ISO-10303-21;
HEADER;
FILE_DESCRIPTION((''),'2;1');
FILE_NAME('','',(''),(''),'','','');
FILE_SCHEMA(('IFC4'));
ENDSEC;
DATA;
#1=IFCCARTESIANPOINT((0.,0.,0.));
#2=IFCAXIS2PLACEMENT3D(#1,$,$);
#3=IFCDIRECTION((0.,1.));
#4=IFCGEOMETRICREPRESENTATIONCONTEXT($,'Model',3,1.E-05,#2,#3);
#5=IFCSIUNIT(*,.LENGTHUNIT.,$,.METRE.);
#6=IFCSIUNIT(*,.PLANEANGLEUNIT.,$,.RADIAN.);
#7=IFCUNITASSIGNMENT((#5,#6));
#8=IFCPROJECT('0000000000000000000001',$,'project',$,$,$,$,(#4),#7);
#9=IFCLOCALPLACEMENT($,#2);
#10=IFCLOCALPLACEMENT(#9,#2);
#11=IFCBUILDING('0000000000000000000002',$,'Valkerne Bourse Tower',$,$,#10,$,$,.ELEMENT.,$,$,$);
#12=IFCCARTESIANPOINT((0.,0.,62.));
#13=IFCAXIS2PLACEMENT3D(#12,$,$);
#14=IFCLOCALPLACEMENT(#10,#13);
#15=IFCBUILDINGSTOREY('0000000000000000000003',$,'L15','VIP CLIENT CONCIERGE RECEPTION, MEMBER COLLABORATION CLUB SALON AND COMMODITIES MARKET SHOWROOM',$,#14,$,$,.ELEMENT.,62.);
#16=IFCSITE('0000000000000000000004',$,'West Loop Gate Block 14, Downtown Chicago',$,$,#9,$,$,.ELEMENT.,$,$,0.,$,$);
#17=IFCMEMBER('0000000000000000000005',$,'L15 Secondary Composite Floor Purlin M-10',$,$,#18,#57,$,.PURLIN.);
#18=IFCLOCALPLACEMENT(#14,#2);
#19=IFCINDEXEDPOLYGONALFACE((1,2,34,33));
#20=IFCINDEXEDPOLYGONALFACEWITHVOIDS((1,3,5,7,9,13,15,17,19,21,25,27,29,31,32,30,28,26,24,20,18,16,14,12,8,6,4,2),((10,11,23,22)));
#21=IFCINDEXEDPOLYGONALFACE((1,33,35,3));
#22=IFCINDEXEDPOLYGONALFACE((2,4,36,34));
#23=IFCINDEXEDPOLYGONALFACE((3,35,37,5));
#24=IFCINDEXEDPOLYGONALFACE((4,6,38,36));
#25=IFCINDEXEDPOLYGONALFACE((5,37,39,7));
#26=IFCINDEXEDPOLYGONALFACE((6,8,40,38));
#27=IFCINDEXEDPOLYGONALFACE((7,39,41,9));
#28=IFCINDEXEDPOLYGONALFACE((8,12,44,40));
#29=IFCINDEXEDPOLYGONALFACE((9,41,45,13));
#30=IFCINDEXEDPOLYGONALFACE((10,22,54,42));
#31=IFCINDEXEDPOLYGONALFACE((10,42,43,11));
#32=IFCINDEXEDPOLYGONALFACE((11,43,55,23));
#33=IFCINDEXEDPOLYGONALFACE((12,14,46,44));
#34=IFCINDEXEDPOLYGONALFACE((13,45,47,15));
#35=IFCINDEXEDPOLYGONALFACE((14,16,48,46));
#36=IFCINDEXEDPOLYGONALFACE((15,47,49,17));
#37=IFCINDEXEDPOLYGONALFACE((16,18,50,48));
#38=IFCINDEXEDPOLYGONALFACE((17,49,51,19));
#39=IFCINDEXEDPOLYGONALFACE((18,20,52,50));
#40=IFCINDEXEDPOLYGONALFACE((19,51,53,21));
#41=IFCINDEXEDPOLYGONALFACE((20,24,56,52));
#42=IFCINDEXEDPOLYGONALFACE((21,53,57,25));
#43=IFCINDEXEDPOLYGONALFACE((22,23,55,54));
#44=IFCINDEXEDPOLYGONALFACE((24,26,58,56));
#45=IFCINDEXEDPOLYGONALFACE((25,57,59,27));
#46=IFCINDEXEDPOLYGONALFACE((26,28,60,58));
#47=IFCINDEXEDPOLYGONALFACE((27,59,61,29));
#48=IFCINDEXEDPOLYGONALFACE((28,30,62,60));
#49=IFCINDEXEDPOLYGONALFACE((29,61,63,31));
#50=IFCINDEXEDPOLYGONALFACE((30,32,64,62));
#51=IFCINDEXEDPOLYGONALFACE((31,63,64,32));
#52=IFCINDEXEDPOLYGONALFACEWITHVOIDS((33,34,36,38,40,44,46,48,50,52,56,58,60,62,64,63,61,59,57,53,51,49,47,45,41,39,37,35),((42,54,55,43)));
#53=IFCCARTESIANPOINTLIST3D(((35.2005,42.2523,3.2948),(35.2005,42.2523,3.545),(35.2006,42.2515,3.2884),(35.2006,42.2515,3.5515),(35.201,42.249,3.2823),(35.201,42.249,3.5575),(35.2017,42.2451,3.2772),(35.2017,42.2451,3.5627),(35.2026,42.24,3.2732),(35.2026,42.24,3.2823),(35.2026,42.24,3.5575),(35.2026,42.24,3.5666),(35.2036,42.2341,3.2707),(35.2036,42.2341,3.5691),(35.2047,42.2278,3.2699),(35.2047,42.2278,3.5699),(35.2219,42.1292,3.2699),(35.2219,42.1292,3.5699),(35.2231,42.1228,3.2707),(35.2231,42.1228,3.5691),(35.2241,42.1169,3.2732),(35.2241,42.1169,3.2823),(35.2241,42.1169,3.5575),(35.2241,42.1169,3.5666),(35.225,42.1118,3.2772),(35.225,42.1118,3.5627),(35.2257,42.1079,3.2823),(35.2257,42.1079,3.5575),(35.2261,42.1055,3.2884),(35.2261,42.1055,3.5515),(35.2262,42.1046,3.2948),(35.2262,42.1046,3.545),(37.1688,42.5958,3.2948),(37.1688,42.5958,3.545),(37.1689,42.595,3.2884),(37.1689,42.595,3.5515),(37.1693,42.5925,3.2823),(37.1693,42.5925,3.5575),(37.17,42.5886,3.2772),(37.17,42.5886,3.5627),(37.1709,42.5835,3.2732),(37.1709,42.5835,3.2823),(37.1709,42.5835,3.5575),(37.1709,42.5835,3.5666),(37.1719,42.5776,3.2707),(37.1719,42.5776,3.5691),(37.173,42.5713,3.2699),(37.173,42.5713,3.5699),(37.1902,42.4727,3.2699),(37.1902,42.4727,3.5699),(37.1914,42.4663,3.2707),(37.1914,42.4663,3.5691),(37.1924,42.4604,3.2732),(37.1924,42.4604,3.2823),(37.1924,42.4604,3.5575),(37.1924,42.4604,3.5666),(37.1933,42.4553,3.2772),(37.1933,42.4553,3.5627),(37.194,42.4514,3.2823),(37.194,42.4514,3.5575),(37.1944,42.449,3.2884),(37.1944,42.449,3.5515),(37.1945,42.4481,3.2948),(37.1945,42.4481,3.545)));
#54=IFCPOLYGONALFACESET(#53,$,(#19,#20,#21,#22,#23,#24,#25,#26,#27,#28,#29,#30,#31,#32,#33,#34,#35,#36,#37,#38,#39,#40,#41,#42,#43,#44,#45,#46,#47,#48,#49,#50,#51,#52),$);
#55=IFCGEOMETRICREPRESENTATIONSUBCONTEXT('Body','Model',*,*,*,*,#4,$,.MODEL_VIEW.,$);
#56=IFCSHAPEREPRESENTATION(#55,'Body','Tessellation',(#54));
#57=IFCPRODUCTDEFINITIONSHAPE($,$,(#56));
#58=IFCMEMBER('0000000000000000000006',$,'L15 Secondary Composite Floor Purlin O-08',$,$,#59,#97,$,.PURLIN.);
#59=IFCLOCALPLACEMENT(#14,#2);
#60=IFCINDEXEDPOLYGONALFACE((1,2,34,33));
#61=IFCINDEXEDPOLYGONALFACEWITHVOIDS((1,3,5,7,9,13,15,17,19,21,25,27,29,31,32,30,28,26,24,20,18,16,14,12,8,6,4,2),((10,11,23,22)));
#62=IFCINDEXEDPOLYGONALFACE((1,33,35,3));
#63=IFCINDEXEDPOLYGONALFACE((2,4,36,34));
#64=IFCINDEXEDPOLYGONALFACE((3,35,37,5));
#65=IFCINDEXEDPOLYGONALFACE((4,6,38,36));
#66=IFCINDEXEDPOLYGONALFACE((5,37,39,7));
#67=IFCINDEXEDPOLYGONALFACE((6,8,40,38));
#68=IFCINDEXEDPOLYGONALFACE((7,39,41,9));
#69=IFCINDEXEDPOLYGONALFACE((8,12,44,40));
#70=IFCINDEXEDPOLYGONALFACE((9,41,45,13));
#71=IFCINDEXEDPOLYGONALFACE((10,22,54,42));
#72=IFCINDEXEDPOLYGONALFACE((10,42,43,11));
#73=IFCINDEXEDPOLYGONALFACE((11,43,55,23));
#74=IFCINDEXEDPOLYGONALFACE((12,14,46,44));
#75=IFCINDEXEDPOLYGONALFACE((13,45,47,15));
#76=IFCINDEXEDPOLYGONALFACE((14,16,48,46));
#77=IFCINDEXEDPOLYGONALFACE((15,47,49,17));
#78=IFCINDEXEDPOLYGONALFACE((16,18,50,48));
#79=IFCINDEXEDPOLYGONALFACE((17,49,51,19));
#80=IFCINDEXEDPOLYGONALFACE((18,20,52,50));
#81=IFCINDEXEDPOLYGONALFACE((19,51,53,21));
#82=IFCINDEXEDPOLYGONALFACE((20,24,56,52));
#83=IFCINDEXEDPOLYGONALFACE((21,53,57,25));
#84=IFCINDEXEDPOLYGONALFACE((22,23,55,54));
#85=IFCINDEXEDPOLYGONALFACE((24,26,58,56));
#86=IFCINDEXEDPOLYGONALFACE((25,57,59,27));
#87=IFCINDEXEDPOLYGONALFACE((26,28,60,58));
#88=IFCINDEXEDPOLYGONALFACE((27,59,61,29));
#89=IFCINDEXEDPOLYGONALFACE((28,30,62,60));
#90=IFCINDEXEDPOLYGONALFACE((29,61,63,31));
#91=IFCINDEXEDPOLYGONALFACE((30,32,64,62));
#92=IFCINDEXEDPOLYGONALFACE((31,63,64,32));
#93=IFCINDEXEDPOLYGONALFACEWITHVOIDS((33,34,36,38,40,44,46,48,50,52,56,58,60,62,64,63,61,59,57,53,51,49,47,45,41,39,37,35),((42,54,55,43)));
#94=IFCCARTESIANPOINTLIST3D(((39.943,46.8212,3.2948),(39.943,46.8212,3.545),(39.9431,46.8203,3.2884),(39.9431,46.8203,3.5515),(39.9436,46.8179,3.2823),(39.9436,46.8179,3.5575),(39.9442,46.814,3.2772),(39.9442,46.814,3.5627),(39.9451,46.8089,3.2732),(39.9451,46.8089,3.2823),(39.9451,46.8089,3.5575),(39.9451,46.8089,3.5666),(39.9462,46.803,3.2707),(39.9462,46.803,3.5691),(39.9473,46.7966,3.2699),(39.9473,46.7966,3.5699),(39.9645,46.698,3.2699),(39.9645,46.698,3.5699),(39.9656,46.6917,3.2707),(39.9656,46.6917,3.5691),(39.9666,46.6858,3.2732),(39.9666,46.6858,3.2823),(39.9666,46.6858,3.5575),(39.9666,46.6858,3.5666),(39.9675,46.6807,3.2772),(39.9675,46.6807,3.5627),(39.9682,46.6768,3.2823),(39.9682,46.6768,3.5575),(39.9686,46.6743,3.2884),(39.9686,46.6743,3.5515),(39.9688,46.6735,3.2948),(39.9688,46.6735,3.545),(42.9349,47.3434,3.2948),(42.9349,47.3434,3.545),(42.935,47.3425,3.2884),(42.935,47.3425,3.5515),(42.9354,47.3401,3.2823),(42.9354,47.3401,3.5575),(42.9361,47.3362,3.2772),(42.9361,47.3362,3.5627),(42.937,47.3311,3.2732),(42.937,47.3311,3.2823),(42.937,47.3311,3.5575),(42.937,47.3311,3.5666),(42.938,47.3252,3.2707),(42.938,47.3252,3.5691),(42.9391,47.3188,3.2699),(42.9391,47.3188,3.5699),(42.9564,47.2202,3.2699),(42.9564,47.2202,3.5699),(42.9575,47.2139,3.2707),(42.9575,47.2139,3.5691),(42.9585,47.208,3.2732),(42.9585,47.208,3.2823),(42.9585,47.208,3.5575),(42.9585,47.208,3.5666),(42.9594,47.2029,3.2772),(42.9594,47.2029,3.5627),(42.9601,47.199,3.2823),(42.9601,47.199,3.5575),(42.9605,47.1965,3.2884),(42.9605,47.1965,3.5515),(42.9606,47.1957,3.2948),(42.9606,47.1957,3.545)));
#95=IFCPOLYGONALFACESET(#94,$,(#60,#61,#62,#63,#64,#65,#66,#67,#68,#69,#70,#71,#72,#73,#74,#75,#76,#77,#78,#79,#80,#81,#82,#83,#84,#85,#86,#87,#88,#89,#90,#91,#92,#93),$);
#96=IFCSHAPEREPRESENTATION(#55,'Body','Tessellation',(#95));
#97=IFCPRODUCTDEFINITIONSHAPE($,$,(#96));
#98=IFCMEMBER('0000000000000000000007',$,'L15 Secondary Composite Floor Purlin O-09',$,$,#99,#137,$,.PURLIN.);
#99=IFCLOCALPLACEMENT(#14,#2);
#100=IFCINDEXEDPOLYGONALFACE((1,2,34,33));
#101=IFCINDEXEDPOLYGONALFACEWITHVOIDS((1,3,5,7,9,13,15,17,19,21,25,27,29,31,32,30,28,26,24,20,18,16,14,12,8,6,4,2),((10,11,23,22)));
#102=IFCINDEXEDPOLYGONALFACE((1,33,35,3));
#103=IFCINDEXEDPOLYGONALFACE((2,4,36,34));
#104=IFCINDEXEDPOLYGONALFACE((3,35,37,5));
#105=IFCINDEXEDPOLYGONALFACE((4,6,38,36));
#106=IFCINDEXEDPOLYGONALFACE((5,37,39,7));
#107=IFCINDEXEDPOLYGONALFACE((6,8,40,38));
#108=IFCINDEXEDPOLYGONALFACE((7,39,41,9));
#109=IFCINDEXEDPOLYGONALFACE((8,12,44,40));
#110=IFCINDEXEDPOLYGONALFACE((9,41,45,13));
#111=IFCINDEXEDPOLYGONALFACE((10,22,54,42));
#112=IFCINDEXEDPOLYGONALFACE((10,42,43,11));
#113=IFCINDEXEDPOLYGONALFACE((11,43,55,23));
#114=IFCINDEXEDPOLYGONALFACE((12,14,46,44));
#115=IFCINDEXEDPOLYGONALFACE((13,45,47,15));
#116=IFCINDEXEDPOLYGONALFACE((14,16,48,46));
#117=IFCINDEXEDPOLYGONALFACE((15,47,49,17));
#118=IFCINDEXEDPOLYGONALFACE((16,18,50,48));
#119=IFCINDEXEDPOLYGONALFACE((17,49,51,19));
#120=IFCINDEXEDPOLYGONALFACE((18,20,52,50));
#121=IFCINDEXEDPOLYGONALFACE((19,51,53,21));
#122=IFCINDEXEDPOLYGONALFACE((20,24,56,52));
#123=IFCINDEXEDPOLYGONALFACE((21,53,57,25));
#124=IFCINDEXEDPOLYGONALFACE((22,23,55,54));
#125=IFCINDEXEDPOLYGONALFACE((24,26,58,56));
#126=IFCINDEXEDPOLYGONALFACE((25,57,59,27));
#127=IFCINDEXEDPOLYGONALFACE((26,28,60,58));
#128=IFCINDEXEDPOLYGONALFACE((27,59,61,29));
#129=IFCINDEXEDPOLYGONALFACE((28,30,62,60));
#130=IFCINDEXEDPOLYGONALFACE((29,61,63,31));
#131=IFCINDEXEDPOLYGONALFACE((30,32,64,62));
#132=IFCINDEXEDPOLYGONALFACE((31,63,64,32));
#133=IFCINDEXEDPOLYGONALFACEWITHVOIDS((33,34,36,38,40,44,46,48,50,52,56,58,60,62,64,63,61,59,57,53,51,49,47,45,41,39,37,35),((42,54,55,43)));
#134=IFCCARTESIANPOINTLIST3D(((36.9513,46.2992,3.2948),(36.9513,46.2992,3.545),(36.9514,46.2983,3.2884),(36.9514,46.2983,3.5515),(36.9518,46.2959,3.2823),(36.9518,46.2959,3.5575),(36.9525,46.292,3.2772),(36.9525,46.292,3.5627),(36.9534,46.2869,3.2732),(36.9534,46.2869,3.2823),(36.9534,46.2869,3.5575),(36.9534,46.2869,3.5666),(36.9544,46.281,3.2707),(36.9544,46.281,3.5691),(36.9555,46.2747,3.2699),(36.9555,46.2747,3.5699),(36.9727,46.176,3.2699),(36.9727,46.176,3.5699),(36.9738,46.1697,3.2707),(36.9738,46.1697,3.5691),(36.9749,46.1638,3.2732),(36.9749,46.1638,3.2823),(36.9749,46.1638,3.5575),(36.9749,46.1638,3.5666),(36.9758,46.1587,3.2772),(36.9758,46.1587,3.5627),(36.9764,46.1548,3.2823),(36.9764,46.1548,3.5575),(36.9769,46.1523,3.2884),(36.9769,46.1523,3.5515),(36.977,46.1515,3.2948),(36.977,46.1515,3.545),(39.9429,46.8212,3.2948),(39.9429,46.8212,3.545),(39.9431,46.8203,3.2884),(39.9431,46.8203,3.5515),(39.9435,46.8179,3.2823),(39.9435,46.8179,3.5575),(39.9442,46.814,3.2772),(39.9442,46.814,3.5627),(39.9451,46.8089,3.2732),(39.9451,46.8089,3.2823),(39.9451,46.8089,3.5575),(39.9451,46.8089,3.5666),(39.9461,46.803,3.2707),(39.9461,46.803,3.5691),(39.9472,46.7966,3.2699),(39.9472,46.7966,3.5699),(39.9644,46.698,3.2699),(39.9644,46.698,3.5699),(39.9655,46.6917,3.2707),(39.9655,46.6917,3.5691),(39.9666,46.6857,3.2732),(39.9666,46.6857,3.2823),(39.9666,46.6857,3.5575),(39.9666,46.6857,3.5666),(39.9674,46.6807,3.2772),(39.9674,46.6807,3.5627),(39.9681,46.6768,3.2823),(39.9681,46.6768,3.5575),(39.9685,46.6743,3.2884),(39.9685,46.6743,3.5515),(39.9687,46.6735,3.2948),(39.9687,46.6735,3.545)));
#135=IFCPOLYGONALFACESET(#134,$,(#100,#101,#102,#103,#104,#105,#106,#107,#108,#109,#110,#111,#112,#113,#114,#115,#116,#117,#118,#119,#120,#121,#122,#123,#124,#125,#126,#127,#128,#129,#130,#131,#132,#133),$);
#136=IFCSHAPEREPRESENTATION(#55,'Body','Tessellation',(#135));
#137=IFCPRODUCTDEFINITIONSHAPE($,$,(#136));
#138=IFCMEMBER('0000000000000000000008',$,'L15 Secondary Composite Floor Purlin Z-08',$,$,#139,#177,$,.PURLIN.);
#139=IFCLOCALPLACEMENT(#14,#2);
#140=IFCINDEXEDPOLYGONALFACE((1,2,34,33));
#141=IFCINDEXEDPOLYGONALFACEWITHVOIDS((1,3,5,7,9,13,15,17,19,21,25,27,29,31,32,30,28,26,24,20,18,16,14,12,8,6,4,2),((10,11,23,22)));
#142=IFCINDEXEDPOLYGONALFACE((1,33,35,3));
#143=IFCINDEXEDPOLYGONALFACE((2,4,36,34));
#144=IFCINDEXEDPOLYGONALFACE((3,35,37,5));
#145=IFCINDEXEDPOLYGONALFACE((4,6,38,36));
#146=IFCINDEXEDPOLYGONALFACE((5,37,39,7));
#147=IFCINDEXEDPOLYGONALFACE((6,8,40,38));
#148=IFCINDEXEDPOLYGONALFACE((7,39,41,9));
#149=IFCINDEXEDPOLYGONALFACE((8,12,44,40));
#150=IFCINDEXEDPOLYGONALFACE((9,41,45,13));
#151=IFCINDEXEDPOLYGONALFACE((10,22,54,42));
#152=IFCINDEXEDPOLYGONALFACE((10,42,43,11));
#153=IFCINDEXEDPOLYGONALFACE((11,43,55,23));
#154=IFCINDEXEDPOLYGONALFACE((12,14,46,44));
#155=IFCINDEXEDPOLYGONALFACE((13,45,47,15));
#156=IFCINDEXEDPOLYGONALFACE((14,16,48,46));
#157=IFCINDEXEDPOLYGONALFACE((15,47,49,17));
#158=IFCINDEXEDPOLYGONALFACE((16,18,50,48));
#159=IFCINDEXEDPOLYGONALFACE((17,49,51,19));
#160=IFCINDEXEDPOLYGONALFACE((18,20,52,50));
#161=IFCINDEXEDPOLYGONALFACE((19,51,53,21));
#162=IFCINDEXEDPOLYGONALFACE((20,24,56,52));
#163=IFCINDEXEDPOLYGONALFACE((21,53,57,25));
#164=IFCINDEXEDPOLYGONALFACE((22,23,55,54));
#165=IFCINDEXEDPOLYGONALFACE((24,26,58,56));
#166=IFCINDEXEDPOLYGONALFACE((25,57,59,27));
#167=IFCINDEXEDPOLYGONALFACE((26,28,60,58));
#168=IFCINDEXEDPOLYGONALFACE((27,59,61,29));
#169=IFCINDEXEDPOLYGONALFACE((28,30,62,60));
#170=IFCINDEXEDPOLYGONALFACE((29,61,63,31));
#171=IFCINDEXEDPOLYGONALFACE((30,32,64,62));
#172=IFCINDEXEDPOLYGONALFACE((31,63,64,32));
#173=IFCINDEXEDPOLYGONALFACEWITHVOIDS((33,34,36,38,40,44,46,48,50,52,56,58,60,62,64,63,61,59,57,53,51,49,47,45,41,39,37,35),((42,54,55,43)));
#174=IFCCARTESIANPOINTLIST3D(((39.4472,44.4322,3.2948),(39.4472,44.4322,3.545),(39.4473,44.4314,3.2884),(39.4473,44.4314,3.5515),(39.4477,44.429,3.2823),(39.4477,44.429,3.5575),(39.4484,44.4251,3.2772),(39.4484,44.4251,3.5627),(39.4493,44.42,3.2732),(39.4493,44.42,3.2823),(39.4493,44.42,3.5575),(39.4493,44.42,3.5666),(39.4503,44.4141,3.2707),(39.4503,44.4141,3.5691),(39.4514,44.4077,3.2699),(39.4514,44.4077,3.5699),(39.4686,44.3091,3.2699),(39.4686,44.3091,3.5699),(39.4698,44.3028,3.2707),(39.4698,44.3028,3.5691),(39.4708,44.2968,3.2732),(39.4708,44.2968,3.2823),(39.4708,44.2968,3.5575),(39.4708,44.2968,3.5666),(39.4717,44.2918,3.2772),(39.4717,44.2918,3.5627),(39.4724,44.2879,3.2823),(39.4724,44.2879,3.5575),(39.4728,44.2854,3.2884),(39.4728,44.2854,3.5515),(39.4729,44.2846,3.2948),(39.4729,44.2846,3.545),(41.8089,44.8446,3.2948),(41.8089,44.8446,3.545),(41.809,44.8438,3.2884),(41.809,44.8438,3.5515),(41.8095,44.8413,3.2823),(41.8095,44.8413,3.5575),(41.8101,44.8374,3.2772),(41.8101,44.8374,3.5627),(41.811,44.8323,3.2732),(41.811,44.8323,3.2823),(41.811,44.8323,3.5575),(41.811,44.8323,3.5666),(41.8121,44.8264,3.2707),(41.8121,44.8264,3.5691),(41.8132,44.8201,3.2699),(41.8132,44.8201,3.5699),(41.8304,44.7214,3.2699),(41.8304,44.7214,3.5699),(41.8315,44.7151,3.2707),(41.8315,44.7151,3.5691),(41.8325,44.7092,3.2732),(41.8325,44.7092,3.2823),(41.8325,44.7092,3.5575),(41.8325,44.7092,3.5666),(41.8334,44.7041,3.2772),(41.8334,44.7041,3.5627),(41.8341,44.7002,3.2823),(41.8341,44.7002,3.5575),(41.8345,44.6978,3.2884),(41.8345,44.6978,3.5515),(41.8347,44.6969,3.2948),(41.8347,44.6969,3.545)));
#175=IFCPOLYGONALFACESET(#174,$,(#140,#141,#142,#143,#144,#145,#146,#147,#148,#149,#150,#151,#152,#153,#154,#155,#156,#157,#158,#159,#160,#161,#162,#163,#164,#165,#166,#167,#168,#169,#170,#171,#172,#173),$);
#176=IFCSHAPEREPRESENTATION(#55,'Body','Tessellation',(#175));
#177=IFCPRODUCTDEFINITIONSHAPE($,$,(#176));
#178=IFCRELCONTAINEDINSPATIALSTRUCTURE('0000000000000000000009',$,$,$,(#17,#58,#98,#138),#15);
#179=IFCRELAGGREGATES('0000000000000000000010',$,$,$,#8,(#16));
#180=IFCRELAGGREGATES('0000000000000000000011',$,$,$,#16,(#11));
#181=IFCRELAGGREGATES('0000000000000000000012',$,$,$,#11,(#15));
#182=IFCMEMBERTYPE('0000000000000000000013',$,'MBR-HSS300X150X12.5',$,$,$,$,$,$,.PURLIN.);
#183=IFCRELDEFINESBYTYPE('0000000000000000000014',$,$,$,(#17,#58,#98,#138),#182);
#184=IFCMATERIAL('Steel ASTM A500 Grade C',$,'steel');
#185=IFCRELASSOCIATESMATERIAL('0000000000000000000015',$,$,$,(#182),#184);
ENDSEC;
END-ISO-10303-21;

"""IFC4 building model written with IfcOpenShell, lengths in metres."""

from ifc_helpers import new_model, si_unit, direction, frame, origin, origin_2d, place, context, subcontext, project, spatial, hollow_rectangle, extrude, material, material_profile, profile_set, type_object, element, save


model = new_model("IFC4")

# Units and contexts
model_context = context("Model", 3, precision=1e-05, world=origin(), true_north=direction((0.0, 1.0)))
body_context = subcontext(model_context, "Body", "Model", "MODEL_VIEW")
ifc_project = project(units=[si_unit("LENGTHUNIT", "METRE"), si_unit("PLANEANGLEUNIT", "RADIAN")], contexts=[model_context])

# Site, building, storey
site_placement = place(None, origin())
site = spatial("IfcSite", under=ifc_project, at=site_placement, Name="West Loop Gate Block 14, Downtown Chicago", CompositionType="ELEMENT", RefElevation=0.0)
building_placement = place(site_placement, origin())
building = spatial("IfcBuilding", under=site, at=building_placement, Name="Valkerne Bourse Tower", CompositionType="ELEMENT")
storey_placement = place(building_placement, frame((0.0, 0.0, 62.0)))
storey = spatial("IfcBuildingStorey", under=building, at=storey_placement, Name="L15", Description="VIP CLIENT CONCIERGE RECEPTION, MEMBER COLLABORATION CLUB SALON AND COMMODITIES MARKET SHOWROOM", CompositionType="ELEMENT", Elevation=62.0)

# Members
ifc_material_1 = material(Name="Steel ASTM A500 Grade C", Category="steel")
ifc_material_profile_1 = material_profile(ifc_material_1, hollow_rectangle(XDim=0.1499, YDim=0.3, WallThickness=0.0125, OuterFilletRadius=0.0249, at=origin_2d()), Name="HSS300X150X12.5")
ifc_profile_set_1 = profile_set([ifc_material_profile_1], Name="Steel ASTM A500 Grade C")
member_type_1 = type_object("IfcMemberType", Name="MBR-HSS300X150X12.5", PredefinedType="PURLIN", material=ifc_profile_set_1)
for number, where, z_axis, x_axis, name in (
    (1, (37.1816, 42.522, 3.4199), (-0.98511, -0.171924, 0.0), (0.171924, -0.98511, 0.0), "L15 Secondary Composite Floor Purlin M-10"),
):
    element("IfcMember", number, at=place(storey_placement, frame(where, z_axis=z_axis, x_axis=x_axis)), inside=storey, type_object=member_type_1, Name=name, PredefinedType="PURLIN", context=body_context, shape_type="SweptSolid", body=[
        extrude(hollow_rectangle(XDim=0.1499, YDim=0.3, WallThickness=0.0125, OuterFilletRadius=0.0249, at=origin_2d()), origin(), (0.0, 0.0, 1.0), 1.998),
    ])
member_1_placement = place(storey_placement, frame((42.9478, 47.2695, 3.4199), z_axis=(-0.985107, -0.171942, 0.0), x_axis=(0.171942, -0.985107, 0.0)))
element("IfcMember", 2, at=member_1_placement, inside=storey, type_object=member_type_1, Name="L15 Secondary Composite Floor Purlin O-08", PredefinedType="PURLIN", context=body_context, shape_type="SweptSolid", body=[
    extrude(hollow_rectangle(XDim=0.1499, YDim=0.3, WallThickness=0.0125, OuterFilletRadius=0.0249, at=origin_2d()), origin(), (0.0, 0.0, 1.0), 3.0371),
])
member_2_placement = place(storey_placement, frame((39.9558, 46.7473, 3.4199), z_axis=(-0.985118, -0.171877, 0.0), x_axis=(0.171877, -0.985118, 0.0)))
element("IfcMember", 3, at=member_2_placement, inside=storey, type_object=member_type_1, Name="L15 Secondary Composite Floor Purlin O-09", PredefinedType="PURLIN", context=body_context, shape_type="SweptSolid", body=[
    extrude(hollow_rectangle(XDim=0.1499, YDim=0.3, WallThickness=0.0125, OuterFilletRadius=0.0249, at=origin_2d()), origin(), (0.0, 0.0, 1.0), 3.0369),
])
member_3_placement = place(storey_placement, frame((41.8218, 44.7708, 3.4199), z_axis=(-0.985099, -0.17199, 0.0), x_axis=(0.17199, -0.985099, 0.0)))
element("IfcMember", 4, at=member_3_placement, inside=storey, type_object=member_type_1, Name="L15 Secondary Composite Floor Purlin Z-08", PredefinedType="PURLIN", context=body_context, shape_type="SweptSolid", body=[
    extrude(hollow_rectangle(XDim=0.1499, YDim=0.3, WallThickness=0.0125, OuterFilletRadius=0.0249, at=origin_2d()), origin(), (0.0, 0.0, 1.0), 2.3975),
])

save(model, "model.ifc")
